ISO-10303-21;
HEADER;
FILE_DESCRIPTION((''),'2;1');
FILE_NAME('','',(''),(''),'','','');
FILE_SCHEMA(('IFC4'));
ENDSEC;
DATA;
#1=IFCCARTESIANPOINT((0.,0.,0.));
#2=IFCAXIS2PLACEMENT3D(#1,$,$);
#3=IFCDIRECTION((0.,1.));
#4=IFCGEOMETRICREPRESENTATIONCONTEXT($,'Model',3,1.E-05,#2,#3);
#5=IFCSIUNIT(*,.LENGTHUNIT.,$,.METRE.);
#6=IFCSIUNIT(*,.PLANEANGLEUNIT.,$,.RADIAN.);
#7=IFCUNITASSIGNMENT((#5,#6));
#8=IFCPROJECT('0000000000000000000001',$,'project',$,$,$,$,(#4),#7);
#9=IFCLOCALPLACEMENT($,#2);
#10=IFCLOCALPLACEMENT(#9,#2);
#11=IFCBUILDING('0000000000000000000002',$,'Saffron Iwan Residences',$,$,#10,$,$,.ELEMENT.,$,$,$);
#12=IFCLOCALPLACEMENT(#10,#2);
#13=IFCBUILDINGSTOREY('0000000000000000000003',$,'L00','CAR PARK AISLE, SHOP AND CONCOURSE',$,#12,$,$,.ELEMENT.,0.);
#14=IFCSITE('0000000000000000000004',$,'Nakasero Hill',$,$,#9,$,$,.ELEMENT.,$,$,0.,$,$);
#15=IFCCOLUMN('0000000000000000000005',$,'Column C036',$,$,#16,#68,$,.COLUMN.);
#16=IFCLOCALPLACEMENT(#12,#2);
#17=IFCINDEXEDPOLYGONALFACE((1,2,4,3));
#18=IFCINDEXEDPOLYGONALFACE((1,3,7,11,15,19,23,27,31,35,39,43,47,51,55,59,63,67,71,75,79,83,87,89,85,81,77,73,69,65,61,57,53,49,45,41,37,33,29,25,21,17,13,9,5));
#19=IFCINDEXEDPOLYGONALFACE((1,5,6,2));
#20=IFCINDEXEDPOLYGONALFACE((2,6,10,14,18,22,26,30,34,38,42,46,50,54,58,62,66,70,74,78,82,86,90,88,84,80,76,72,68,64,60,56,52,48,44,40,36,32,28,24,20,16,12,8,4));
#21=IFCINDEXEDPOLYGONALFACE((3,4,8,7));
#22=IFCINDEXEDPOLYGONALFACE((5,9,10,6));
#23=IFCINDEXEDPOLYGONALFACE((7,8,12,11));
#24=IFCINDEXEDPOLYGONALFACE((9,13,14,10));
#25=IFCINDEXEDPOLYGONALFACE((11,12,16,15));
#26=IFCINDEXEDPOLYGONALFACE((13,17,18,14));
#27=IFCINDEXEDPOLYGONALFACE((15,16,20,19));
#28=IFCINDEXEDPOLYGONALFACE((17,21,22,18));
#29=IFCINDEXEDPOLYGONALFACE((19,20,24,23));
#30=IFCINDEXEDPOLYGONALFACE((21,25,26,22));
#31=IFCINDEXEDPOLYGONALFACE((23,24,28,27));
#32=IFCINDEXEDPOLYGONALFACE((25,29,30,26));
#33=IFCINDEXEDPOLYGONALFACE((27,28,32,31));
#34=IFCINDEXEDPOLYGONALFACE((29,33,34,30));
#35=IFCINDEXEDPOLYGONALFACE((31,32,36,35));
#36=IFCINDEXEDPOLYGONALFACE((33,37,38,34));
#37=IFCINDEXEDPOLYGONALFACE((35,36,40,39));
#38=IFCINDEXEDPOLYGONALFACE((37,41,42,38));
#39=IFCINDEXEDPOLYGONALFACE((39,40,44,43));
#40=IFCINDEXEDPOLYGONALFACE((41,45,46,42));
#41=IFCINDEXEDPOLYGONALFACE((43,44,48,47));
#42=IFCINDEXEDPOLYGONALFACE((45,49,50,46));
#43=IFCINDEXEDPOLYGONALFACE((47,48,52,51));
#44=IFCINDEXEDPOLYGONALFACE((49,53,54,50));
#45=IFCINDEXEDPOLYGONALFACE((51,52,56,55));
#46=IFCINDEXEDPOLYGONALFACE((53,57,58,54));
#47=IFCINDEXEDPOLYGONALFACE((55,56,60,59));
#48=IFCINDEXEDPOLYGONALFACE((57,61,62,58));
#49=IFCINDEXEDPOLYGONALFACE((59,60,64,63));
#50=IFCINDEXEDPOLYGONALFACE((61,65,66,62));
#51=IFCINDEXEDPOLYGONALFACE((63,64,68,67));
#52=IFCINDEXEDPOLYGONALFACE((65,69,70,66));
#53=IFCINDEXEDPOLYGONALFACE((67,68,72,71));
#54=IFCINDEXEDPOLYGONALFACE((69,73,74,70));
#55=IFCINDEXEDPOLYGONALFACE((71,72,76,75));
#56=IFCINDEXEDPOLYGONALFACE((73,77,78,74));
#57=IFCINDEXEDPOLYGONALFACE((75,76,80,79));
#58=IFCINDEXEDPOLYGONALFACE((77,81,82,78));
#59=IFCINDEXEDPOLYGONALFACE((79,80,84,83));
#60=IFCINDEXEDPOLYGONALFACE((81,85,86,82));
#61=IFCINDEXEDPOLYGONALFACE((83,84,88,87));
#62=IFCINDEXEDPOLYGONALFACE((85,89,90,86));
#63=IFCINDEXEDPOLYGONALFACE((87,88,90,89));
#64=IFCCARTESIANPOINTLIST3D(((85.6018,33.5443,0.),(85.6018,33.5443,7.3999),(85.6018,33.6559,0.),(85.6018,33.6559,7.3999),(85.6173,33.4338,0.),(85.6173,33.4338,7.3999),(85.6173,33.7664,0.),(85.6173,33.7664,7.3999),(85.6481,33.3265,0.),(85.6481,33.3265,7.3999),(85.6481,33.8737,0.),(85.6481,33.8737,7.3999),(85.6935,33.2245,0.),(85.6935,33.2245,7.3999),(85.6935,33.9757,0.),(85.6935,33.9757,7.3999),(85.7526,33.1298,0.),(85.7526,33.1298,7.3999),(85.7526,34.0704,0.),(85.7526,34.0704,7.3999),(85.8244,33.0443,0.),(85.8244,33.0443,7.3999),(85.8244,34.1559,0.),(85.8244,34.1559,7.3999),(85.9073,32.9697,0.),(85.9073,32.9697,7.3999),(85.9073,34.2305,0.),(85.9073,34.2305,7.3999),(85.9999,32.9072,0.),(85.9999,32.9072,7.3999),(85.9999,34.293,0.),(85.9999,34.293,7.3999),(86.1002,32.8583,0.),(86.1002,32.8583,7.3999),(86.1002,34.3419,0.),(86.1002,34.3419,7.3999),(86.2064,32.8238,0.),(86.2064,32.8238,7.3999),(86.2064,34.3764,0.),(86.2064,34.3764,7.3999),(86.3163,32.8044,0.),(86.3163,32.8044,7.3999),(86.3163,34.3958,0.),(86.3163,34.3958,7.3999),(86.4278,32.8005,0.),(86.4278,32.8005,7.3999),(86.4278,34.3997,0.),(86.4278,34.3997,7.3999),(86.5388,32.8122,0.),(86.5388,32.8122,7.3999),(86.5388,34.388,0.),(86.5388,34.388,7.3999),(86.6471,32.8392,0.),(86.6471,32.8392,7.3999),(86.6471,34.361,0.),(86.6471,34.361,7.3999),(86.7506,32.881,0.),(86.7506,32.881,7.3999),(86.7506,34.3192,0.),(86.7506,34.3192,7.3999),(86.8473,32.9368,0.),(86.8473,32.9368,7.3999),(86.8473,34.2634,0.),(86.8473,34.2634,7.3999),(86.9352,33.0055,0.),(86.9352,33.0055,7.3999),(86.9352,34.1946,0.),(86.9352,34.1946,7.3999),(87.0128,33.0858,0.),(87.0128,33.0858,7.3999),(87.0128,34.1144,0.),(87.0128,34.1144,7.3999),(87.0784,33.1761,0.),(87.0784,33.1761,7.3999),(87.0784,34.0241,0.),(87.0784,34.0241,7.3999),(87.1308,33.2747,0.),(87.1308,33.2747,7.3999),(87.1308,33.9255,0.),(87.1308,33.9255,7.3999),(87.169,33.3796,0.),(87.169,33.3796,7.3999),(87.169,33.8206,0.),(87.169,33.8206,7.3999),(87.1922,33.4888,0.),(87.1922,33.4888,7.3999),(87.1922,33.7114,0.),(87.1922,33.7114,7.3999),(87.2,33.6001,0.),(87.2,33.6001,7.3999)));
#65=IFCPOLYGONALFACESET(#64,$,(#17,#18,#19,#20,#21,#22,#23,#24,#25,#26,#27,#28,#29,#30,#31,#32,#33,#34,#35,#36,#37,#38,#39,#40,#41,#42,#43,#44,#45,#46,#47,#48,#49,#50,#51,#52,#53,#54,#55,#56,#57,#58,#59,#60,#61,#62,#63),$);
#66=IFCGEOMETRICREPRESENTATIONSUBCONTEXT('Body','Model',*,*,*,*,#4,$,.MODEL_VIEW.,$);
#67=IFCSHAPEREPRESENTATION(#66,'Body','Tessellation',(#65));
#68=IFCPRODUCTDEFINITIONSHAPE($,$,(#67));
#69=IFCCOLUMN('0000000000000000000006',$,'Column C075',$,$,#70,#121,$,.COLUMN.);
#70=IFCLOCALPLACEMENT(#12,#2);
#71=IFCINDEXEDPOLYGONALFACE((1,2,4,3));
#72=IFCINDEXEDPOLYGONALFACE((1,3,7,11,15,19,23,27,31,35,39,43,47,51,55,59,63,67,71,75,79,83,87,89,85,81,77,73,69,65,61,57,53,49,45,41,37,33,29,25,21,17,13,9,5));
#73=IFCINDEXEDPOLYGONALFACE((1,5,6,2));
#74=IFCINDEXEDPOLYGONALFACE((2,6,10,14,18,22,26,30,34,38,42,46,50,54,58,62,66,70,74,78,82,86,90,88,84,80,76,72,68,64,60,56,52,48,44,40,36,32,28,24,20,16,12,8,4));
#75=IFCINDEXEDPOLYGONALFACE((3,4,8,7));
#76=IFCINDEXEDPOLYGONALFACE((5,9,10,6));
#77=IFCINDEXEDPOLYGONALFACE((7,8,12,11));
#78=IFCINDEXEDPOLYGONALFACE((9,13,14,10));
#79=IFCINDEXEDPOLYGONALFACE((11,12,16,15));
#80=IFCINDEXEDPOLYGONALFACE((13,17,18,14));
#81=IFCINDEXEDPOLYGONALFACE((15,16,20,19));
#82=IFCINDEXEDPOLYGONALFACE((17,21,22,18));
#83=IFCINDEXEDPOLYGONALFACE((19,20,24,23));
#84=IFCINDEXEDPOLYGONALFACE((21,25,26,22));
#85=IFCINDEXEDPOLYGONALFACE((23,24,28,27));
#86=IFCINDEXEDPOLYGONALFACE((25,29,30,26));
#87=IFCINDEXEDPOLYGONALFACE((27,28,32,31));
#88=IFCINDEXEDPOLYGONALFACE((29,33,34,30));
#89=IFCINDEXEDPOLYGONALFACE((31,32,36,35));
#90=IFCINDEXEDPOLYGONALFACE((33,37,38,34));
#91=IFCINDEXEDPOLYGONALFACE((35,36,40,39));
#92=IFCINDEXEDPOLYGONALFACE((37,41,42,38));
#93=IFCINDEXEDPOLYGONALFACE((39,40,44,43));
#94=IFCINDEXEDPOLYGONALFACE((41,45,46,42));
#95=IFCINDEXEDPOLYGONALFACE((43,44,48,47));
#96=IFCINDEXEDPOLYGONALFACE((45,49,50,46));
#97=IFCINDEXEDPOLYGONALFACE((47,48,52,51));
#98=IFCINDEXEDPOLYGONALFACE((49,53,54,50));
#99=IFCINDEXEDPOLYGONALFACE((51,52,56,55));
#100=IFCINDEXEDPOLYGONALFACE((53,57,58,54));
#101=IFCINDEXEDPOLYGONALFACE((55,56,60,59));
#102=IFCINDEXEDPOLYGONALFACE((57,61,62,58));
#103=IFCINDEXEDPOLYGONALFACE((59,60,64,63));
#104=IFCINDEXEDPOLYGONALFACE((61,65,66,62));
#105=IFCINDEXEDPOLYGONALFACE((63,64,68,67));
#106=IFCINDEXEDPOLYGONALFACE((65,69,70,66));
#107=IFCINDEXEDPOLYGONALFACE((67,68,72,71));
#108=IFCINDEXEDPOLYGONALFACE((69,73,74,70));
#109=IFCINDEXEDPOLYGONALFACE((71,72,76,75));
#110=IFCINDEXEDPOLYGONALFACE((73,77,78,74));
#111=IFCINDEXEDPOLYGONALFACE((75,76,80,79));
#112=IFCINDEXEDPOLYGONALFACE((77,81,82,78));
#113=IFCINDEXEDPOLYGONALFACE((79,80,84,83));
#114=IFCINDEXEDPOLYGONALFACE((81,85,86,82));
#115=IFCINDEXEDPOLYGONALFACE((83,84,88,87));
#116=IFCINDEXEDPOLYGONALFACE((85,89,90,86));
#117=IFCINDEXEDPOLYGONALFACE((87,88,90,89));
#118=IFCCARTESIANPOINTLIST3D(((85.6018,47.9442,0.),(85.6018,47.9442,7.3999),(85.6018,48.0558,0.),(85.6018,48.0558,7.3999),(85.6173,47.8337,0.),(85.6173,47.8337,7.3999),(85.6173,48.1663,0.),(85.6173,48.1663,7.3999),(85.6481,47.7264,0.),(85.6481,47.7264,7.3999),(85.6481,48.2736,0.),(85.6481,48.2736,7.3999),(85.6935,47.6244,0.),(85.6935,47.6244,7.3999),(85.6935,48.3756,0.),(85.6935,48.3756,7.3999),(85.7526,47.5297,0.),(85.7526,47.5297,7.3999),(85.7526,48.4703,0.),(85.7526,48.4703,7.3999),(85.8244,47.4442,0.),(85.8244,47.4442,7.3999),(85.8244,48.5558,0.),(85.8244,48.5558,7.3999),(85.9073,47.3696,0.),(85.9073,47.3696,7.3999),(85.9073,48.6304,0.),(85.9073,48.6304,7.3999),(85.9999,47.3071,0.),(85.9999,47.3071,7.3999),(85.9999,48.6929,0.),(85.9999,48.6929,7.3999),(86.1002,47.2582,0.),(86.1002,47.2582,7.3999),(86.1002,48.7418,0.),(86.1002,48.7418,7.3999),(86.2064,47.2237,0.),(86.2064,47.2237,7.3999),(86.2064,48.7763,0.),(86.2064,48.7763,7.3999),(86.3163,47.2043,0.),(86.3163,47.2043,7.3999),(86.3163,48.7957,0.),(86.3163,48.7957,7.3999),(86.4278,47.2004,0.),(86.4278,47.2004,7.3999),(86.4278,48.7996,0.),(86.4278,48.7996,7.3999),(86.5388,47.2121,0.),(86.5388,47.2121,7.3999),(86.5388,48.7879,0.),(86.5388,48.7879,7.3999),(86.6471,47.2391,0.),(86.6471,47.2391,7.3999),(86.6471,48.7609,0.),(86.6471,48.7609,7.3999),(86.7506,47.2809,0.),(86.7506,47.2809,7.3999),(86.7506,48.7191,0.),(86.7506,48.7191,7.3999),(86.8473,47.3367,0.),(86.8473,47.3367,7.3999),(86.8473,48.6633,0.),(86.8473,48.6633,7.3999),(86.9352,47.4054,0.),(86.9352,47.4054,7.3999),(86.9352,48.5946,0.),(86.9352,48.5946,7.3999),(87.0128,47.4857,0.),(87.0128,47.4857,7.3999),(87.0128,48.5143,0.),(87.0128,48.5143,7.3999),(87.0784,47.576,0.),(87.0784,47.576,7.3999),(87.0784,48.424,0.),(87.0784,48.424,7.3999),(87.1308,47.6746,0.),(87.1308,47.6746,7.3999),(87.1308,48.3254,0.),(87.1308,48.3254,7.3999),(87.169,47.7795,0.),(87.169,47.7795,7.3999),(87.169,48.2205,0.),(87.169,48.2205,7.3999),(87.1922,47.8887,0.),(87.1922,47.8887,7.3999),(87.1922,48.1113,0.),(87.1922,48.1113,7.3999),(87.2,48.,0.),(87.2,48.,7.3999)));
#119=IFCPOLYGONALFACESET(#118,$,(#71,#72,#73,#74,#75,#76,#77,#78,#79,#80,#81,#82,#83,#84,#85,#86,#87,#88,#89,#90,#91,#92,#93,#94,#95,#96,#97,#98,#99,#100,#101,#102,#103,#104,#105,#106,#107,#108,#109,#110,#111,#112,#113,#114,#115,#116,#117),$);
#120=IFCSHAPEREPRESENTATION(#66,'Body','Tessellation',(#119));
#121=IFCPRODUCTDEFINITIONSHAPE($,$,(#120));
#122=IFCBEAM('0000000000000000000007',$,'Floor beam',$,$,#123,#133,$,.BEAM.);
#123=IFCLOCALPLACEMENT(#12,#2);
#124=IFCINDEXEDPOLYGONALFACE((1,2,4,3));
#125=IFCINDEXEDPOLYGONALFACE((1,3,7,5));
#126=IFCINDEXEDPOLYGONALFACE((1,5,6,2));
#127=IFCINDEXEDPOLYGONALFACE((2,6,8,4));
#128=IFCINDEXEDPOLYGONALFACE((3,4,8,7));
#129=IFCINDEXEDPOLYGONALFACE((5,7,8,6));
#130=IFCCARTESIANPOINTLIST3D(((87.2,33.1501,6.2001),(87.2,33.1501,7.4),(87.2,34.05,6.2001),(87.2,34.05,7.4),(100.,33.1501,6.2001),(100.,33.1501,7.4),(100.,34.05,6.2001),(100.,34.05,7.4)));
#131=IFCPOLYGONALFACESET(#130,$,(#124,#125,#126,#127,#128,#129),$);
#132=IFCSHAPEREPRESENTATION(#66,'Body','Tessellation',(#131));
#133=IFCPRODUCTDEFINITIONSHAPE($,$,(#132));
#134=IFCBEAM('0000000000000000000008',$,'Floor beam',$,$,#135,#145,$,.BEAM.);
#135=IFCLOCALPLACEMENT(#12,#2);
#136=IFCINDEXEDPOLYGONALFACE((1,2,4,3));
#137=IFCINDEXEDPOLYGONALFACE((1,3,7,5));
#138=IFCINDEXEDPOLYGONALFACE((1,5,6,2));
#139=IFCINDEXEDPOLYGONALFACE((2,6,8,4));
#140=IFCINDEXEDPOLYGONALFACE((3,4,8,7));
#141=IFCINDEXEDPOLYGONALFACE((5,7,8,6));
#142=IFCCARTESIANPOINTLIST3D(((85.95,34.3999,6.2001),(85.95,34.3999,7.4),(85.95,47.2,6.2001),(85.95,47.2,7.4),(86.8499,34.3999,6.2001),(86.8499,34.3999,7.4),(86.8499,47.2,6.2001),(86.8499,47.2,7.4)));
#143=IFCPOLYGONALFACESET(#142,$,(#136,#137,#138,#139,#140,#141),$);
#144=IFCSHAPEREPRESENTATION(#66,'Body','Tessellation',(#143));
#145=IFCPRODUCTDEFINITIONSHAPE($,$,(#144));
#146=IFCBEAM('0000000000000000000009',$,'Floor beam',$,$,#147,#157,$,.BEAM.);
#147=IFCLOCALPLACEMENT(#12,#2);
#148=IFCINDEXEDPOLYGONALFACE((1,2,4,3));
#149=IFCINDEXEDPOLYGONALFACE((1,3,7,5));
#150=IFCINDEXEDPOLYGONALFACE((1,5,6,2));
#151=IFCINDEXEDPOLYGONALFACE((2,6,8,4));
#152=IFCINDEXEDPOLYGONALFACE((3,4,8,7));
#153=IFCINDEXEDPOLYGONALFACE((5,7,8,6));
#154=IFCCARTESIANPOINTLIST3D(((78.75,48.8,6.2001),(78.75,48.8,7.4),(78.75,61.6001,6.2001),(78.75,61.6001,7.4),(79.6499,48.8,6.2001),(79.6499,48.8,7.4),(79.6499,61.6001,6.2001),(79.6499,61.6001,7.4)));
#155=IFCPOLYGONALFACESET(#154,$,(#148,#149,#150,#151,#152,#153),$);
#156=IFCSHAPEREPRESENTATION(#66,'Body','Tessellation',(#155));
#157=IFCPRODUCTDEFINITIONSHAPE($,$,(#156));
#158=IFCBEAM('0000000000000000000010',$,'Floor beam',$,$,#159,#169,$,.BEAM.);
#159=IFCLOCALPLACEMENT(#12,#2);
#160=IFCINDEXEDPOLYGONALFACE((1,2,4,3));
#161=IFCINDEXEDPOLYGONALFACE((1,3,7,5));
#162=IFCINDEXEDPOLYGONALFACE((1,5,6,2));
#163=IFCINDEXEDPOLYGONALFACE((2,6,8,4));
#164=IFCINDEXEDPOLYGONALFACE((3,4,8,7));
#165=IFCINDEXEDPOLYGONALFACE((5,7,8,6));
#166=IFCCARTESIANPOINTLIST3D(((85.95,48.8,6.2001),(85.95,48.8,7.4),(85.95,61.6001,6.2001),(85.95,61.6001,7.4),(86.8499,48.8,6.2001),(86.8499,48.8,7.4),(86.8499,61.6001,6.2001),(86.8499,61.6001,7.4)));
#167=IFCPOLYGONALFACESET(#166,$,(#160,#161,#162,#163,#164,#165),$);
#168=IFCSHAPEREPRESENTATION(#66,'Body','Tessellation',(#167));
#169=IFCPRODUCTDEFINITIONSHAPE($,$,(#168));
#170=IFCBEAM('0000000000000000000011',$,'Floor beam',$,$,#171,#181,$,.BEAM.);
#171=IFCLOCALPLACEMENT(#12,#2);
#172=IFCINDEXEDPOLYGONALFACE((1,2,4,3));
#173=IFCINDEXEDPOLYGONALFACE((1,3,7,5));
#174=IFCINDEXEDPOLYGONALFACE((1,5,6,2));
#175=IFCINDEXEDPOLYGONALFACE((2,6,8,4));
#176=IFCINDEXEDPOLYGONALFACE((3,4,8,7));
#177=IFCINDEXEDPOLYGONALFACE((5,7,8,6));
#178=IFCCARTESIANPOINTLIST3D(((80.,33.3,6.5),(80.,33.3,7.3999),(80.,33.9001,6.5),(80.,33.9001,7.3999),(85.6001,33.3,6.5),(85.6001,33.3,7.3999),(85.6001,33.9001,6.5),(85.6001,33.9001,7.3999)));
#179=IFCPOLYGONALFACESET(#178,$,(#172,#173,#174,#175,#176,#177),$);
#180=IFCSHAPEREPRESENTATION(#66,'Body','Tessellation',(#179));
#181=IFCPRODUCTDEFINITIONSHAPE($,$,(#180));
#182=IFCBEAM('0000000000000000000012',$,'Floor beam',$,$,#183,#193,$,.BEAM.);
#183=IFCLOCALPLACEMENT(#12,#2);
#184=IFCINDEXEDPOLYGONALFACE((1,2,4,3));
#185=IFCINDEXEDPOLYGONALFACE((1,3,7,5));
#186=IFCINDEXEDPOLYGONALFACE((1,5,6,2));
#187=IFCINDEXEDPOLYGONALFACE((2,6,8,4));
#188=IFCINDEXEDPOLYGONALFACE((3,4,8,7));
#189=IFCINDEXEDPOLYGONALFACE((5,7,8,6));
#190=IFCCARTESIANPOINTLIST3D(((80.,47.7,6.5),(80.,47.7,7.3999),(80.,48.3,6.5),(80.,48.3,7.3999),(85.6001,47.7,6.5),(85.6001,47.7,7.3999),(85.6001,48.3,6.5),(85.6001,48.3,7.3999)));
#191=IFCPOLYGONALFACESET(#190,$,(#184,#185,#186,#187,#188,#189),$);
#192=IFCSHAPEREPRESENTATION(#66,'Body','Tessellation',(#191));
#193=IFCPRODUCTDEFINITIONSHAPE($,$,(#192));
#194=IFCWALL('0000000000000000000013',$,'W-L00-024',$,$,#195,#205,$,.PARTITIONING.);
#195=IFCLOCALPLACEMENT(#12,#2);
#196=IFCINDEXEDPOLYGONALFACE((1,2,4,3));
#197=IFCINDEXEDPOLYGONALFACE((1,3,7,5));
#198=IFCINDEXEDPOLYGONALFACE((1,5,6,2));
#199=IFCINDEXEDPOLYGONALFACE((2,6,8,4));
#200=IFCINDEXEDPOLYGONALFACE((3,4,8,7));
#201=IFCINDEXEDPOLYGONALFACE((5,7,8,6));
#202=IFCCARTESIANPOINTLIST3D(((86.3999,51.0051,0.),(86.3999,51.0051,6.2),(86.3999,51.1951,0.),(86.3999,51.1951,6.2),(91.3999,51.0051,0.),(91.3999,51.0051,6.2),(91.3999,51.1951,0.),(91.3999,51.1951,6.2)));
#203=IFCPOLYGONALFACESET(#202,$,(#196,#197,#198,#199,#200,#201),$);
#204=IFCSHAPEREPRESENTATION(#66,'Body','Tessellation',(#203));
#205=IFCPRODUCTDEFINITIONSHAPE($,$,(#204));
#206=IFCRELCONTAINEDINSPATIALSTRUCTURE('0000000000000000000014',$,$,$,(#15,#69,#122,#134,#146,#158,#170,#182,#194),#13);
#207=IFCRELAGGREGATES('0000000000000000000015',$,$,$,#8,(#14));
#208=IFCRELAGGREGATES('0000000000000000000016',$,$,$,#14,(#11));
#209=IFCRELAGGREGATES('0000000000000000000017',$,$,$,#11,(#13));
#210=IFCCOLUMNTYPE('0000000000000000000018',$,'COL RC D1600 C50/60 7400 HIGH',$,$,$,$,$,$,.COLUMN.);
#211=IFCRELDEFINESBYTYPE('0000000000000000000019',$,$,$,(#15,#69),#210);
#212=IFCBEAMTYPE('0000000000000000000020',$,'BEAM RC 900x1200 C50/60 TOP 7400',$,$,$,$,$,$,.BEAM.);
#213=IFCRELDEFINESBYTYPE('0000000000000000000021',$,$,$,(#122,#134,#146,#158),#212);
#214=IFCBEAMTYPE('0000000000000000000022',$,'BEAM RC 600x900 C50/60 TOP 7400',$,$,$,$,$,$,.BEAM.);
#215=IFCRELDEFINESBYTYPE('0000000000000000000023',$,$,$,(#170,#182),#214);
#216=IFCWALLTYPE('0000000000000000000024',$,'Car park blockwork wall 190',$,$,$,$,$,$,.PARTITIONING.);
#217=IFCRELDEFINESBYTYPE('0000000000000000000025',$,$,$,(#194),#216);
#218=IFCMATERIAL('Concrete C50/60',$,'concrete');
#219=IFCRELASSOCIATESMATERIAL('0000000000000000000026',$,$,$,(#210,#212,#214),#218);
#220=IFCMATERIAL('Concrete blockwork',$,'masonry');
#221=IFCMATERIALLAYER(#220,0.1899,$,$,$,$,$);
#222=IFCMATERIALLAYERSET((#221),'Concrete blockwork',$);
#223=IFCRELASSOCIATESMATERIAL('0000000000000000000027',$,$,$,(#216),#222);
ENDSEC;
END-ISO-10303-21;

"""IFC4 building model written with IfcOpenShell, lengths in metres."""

from ifc_helpers import new_model, si_unit, direction, frame, frame_2d, origin, origin_2d, place, context, subcontext, project, spatial, rectangle, circle, extrude, source, transform, mapped, material, layer, layer_set, material_profile, profile_set, type_object, element, save


model = new_model("IFC4")

# Units and contexts
model_context = context("Model", 3, precision=1e-05, world=origin(), true_north=direction((0.0, 1.0)))
body_context = subcontext(model_context, "Body", "Model", "MODEL_VIEW")
ifc_project = project(units=[si_unit("LENGTHUNIT", "METRE"), si_unit("PLANEANGLEUNIT", "RADIAN")], contexts=[model_context])

# Site, building, storey
site_placement = place(None, origin())
site = spatial("IfcSite", under=ifc_project, at=site_placement, Name="Nakasero Hill", CompositionType="ELEMENT", RefElevation=0.0)
building_placement = place(site_placement, origin())
building = spatial("IfcBuilding", under=site, at=building_placement, Name="Saffron Iwan Residences", CompositionType="ELEMENT")
storey_placement = place(building_placement, origin())
storey = spatial("IfcBuildingStorey", under=building, at=storey_placement, Name="L00", Description="CAR PARK AISLE, SHOP AND CONCOURSE", CompositionType="ELEMENT", Elevation=0.0)

# Columns
ifc_material_1 = material(Name="Concrete C50/60", Category="concrete")
ifc_material_profile_1 = material_profile(ifc_material_1, circle(Radius=0.8, at=origin_2d()), Name="RC D1600")
ifc_profile_set_1 = profile_set([ifc_material_profile_1], Name="Concrete C50/60")
column_type = type_object("IfcColumnType", Name="COL RC D1600 C50/60 7400 HIGH", PredefinedType="COLUMN", material=ifc_profile_set_1)
shared_shape_1 = source(origin(), body_context, "Body", "SweptSolid", [
    extrude(circle(Radius=0.8, at=origin_2d()), origin(), (0.0, 0.0, 1.0), 7.3999),
])
for number, where, z_axis, x_axis, name in (
    (1, (86.3999, 33.6001, 0.0), (0.0, 0.0, 1.0), (1.0, 0.0, 0.0), "Column C036"),
    (2, (86.3999, 48.0, 0.0), (0.0, 0.0, 1.0), (1.0, 0.0, 0.0), "Column C075"),
):
    element("IfcColumn", number, at=place(storey_placement, frame(where, z_axis=z_axis, x_axis=x_axis)), inside=storey, type_object=column_type, Name=name, PredefinedType="COLUMN", context=body_context, shape_type="MappedRepresentation", body=[
        mapped(shared_shape_1, transform((0.0, 0.0, 0.0))),
    ])

# Beams
ifc_material_profile_2 = material_profile(ifc_material_1, rectangle(XDim=0.8999, YDim=1.2, at=origin_2d()), Name="RC 900x1200")
ifc_profile_set_2 = profile_set([ifc_material_profile_2], Name="Concrete C50/60")
beam_type_1 = type_object("IfcBeamType", Name="BEAM RC 900x1200 C50/60 TOP 7400", PredefinedType="BEAM", material=ifc_profile_set_2)
shared_shape_2 = source(origin(), body_context, "Body", "SweptSolid", [
    extrude(rectangle(XDim=0.8999, YDim=1.2, at=origin_2d()), origin(), (0.0, 0.0, 1.0), 12.8),
])
for number, where, z_axis, x_axis, name in (
    (3, (87.2, 33.6001, 6.8), (1.0, 0.0, 0.0), (0.0, 1.0, 0.0), "Floor beam"),
    (4, (86.3999, 34.3999, 6.8), (0.0, 1.0, 0.0), (-1.0, 0.0, 0.0), "Floor beam"),
    (5, (79.2, 48.8, 6.8), (0.0, 1.0, 0.0), (-1.0, 0.0, 0.0), "Floor beam"),
    (6, (86.3999, 48.8, 6.8), (0.0, 1.0, 0.0), (-1.0, 0.0, 0.0), "Floor beam"),
):
    element("IfcBeam", number, at=place(storey_placement, frame(where, z_axis=z_axis, x_axis=x_axis)), inside=storey, type_object=beam_type_1, Name=name, PredefinedType="BEAM", context=body_context, shape_type="MappedRepresentation", body=[
        mapped(shared_shape_2, transform((0.0, 0.0, 0.0))),
    ])
ifc_material_profile_3 = material_profile(ifc_material_1, rectangle(XDim=0.6001, YDim=0.8999, at=origin_2d()), Name="RC 600x900")
ifc_profile_set_3 = profile_set([ifc_material_profile_3], Name="Concrete C50/60")
beam_type_2 = type_object("IfcBeamType", Name="BEAM RC 600x900 C50/60 TOP 7400", PredefinedType="BEAM", material=ifc_profile_set_3)
shared_shape_3 = source(origin(), body_context, "Body", "SweptSolid", [
    extrude(rectangle(XDim=0.6001, YDim=0.8999, at=origin_2d()), origin(), (0.0, 0.0, 1.0), 5.6001),
])
for number, where, z_axis, x_axis, name in (
    (7, (80.0, 33.6001, 6.95), (1.0, 0.0, 0.0), (0.0, 1.0, 0.0), "Floor beam"),
    (8, (80.0, 48.0, 6.95), (1.0, 0.0, 0.0), (0.0, 1.0, 0.0), "Floor beam"),
):
    element("IfcBeam", number, at=place(storey_placement, frame(where, z_axis=z_axis, x_axis=x_axis)), inside=storey, type_object=beam_type_2, Name=name, PredefinedType="BEAM", context=body_context, shape_type="MappedRepresentation", body=[
        mapped(shared_shape_3, transform((0.0, 0.0, 0.0))),
    ])

# Wall
ifc_material_2 = material(Name="Concrete blockwork", Category="masonry")
ifc_layer_1 = layer(ifc_material_2, 0.1899)
ifc_layer_set_1 = layer_set([ifc_layer_1], Name="Concrete blockwork")
wall_type_1 = type_object("IfcWallType", Name="Car park blockwork wall 190", PredefinedType="PARTITIONING", material=ifc_layer_set_1)
wall_1_placement = place(storey_placement, frame((86.3999, 51.1001, 0.0), z_axis=(0.0, 0.0, 1.0), x_axis=(1.0, 0.0, 0.0)))
element("IfcWall", 9, at=wall_1_placement, inside=storey, type_object=wall_type_1, Name="W-L00-024", PredefinedType="PARTITIONING", context=body_context, shape_type="SweptSolid", body=[
    extrude(rectangle(XDim=5.0, YDim=0.1899, at=frame_2d((2.5, 0.0))), origin(), (0.0, 0.0, 1.0), 6.2),
])

save(model, "model.ifc")
